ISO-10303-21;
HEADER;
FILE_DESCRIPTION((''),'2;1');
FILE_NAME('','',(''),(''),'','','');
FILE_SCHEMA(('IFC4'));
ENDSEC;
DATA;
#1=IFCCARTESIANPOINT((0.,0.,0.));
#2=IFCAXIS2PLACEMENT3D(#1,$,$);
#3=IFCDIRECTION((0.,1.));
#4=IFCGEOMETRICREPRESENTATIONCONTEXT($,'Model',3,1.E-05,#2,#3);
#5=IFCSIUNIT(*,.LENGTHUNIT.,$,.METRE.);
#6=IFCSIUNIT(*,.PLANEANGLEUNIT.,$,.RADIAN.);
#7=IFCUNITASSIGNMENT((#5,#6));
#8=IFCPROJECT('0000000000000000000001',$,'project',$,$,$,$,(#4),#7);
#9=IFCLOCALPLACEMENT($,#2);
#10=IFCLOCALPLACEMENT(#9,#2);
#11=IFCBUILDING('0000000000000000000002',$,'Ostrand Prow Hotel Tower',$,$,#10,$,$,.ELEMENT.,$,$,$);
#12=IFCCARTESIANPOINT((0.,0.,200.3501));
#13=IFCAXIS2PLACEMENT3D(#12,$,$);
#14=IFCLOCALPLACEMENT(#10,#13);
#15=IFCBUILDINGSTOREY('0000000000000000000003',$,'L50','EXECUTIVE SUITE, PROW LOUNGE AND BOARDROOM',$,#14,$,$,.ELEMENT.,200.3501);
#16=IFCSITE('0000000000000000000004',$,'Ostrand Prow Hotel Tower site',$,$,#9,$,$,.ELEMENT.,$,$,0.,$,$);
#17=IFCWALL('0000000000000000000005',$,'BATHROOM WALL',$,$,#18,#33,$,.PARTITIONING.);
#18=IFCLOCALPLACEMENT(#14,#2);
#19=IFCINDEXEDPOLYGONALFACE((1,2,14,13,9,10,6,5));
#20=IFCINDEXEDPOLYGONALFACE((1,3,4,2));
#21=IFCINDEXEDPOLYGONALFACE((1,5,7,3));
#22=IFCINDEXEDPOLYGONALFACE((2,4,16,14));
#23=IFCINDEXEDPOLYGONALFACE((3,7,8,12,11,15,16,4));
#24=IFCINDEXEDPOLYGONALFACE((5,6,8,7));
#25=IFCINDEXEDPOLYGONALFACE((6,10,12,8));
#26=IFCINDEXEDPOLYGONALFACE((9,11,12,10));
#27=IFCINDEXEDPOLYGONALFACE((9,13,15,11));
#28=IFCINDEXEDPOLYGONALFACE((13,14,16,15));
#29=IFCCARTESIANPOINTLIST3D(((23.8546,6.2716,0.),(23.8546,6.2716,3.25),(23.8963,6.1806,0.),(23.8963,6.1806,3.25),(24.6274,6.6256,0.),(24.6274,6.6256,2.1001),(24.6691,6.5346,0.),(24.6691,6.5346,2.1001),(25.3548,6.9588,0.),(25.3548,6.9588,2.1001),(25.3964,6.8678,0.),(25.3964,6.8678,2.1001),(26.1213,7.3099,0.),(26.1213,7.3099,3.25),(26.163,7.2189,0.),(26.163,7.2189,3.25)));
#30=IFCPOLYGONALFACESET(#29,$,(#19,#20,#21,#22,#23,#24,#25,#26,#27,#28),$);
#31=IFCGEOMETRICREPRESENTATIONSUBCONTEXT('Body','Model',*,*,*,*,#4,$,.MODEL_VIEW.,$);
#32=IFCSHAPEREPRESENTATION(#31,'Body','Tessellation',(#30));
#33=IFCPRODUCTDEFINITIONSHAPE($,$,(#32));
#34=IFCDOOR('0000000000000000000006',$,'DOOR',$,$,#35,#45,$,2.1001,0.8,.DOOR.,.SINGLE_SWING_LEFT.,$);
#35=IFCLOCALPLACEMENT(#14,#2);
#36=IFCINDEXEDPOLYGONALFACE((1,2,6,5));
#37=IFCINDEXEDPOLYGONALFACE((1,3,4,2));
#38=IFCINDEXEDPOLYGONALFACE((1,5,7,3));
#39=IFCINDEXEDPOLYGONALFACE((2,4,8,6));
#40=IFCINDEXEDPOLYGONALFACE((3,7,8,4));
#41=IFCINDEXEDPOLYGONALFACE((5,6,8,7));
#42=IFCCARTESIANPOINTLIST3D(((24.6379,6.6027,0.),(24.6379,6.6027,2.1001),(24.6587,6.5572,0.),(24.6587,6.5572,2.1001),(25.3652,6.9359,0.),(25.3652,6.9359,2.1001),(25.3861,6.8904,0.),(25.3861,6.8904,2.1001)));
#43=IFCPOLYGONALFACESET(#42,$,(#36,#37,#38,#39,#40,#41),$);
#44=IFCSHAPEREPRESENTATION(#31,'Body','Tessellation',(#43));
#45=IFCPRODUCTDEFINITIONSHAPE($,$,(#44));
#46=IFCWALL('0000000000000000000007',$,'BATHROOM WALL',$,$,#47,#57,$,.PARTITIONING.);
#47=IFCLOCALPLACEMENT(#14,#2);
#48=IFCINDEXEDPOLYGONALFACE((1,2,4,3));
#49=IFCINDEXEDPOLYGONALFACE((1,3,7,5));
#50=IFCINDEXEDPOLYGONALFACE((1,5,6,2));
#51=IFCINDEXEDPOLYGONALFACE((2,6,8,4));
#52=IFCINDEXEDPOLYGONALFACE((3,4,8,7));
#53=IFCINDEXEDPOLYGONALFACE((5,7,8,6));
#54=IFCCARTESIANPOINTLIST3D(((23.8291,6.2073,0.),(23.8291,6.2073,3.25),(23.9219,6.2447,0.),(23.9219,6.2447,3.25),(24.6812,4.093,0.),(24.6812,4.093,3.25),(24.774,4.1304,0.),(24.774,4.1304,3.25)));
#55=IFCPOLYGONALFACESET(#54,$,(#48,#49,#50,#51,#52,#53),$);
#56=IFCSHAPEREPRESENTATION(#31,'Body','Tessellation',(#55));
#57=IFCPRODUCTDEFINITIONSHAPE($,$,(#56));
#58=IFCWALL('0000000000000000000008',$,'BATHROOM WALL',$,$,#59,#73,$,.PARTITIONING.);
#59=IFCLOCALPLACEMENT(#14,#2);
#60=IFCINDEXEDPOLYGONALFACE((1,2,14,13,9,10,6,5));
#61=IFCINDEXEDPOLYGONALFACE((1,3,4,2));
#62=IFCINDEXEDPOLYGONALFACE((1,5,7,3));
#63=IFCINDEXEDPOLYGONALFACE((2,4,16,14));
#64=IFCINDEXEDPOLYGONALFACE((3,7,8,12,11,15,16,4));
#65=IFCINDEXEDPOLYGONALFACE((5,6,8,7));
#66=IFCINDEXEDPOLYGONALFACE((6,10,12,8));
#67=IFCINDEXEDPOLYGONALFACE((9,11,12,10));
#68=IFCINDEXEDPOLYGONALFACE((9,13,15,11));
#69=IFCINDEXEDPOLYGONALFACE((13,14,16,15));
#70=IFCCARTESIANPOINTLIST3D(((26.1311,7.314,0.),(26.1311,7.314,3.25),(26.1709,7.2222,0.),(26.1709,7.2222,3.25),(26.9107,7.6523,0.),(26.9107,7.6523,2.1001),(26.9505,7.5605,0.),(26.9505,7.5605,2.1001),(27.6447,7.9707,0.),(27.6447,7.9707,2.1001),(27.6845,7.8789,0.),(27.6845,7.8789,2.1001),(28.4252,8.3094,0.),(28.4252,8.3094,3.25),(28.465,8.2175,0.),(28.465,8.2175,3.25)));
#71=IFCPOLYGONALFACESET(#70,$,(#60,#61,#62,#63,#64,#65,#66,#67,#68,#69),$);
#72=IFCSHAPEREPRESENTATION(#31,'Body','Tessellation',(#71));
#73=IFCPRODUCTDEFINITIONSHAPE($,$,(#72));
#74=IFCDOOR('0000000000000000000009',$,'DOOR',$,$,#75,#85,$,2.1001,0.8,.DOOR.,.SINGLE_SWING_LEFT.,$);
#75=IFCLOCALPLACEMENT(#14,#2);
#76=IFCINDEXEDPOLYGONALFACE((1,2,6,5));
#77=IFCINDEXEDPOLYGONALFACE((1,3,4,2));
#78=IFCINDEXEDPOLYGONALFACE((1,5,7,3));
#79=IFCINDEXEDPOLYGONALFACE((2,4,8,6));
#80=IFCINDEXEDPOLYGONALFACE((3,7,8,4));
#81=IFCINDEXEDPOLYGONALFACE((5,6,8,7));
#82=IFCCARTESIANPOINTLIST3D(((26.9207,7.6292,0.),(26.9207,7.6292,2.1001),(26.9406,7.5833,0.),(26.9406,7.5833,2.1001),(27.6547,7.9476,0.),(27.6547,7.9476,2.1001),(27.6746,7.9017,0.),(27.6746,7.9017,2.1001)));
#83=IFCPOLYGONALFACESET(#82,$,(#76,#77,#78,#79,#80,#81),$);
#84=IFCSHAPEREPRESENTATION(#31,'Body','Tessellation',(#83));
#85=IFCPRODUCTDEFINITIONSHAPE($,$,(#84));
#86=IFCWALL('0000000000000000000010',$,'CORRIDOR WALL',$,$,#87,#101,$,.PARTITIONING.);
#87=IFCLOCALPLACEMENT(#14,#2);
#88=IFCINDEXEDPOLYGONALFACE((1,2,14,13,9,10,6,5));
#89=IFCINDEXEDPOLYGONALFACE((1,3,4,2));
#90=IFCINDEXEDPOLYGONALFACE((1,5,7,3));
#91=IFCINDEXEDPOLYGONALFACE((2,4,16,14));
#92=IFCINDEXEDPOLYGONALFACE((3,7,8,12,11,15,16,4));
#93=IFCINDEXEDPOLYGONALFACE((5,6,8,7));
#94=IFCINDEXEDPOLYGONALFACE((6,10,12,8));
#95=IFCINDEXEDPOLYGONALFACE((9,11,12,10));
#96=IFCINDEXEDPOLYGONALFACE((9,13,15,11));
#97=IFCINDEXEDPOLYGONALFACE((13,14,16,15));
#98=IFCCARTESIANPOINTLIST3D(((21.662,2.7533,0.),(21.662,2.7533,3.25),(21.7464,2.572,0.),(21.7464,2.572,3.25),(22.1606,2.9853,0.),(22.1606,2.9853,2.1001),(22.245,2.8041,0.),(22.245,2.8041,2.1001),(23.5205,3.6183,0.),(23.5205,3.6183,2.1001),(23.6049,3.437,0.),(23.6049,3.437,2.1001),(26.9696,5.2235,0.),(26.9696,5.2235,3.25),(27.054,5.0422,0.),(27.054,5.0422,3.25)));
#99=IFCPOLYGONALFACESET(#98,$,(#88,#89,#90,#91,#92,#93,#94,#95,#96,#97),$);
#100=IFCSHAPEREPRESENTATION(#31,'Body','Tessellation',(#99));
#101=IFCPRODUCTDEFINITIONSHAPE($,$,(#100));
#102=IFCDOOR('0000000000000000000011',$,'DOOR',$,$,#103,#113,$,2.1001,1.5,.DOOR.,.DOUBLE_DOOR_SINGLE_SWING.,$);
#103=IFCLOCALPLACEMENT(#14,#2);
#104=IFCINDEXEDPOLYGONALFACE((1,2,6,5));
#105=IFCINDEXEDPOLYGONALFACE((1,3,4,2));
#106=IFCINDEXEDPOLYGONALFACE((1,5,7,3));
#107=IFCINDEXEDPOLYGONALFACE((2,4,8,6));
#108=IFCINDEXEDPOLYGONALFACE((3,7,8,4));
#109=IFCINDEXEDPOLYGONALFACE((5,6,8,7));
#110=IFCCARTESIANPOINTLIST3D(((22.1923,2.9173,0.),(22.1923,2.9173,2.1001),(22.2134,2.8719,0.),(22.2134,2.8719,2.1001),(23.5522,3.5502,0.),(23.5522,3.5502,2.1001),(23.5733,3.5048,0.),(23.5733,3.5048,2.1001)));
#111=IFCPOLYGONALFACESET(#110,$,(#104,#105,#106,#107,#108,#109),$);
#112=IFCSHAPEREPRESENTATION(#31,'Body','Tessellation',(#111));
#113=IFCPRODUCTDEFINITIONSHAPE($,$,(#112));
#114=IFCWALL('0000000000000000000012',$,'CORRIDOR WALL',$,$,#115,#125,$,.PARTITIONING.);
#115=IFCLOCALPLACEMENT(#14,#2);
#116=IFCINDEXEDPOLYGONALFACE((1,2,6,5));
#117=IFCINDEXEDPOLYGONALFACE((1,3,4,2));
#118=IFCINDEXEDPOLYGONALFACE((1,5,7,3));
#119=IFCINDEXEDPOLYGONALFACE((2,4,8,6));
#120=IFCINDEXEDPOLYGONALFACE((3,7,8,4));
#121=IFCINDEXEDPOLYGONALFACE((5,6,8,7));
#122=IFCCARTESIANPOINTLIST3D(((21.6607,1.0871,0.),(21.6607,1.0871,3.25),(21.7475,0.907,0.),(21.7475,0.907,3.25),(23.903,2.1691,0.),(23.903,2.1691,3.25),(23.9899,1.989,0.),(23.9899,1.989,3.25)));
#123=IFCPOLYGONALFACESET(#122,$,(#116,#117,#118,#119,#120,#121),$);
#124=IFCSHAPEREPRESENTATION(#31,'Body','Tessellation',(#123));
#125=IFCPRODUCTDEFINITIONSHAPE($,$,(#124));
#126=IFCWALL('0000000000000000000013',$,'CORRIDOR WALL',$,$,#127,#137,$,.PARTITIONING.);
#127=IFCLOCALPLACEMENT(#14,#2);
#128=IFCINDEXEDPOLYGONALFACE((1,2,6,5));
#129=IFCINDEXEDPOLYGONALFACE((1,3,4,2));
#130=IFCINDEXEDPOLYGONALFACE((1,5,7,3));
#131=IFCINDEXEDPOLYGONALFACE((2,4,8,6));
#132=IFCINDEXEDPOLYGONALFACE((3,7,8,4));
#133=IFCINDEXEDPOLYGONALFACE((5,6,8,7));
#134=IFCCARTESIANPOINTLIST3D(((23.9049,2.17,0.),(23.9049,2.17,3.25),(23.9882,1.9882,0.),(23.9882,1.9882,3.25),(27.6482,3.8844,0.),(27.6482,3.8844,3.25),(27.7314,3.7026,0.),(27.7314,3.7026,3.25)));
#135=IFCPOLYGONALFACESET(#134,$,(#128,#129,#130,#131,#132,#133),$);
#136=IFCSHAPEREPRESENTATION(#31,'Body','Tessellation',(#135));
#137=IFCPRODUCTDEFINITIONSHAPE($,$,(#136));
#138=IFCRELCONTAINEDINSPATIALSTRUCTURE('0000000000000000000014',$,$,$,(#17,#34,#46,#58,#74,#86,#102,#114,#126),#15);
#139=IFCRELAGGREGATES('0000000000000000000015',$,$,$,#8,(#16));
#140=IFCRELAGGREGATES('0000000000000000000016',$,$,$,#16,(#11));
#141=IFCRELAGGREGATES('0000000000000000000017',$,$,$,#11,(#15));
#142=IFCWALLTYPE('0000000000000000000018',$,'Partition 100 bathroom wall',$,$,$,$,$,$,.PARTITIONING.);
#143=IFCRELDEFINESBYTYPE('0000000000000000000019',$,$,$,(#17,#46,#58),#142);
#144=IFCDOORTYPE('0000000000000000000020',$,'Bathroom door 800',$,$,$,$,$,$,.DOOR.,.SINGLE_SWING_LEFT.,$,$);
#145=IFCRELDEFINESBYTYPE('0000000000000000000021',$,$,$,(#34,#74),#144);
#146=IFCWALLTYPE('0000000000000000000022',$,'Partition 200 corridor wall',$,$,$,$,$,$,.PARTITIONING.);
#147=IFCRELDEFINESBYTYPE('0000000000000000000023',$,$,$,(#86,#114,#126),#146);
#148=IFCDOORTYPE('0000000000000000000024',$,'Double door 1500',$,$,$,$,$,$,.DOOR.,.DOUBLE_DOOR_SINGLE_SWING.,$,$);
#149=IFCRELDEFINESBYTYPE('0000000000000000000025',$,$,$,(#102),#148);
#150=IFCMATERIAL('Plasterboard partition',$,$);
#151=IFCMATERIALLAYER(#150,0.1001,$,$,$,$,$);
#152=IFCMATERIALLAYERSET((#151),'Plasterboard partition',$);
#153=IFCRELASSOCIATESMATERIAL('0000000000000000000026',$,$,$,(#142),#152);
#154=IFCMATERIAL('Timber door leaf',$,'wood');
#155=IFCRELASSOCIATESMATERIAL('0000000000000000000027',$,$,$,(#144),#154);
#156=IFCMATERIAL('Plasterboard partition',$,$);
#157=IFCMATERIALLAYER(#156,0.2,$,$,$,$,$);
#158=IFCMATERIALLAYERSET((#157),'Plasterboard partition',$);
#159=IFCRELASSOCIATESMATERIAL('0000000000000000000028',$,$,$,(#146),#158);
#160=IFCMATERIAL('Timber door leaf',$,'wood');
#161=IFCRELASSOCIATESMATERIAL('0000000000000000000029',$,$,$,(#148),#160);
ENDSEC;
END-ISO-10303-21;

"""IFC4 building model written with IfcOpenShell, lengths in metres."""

from ifc_helpers import new_model, si_unit, direction, frame, frame_2d, origin, place, context, subcontext, project, spatial, rectangle, extrude, material, layer, layer_set, type_object, element, fill, save


model = new_model("IFC4")

# Units and contexts
model_context = context("Model", 3, precision=1e-05, world=origin(), true_north=direction((0.0, 1.0)))
body_context = subcontext(model_context, "Body", "Model", "MODEL_VIEW")
ifc_project = project(units=[si_unit("LENGTHUNIT", "METRE"), si_unit("PLANEANGLEUNIT", "RADIAN")], contexts=[model_context])

# Site, building, storey
site_placement = place(None, origin())
site = spatial("IfcSite", under=ifc_project, at=site_placement, Name="Ostrand Prow Hotel Tower site", CompositionType="ELEMENT", RefElevation=0.0)
building_placement = place(site_placement, origin())
building = spatial("IfcBuilding", under=site, at=building_placement, Name="Ostrand Prow Hotel Tower", CompositionType="ELEMENT")
storey_placement = place(building_placement, frame((0.0, 0.0, 200.3501)))
storey = spatial("IfcBuildingStorey", under=building, at=storey_placement, Name="L50", Description="EXECUTIVE SUITE, PROW LOUNGE AND BOARDROOM", CompositionType="ELEMENT", Elevation=200.3501)

# Wall, opening, door
ifc_material_1 = material(Name="Plasterboard partition")
ifc_layer_1 = layer(ifc_material_1, 0.1001)
ifc_layer_set_1 = layer_set([ifc_layer_1], Name="Plasterboard partition")
wall_type_1 = type_object("IfcWallType", Name="Partition 100 bathroom wall", PredefinedType="PARTITIONING", material=ifc_layer_set_1)
wall_1_placement = place(storey_placement, frame((23.8755, 6.2261, 0.0), z_axis=(0.0, 0.0, 1.0), x_axis=(0.909145, 0.416479, 0.0)))
wall_1 = element("IfcWall", 1, at=wall_1_placement, inside=storey, type_object=wall_type_1, Name="BATHROOM WALL", PredefinedType="PARTITIONING", context=body_context, shape_type="SweptSolid", body=[
    extrude(rectangle(XDim=2.4932, YDim=0.1001, at=frame_2d((1.2466, 0.0))), origin(), (0.0, 0.0, 1.0), 3.25),
])
opening_1_placement = place(wall_1_placement, frame((0.8501, 0.0, 0.0)))
opening_1 = element("IfcOpeningElement", 2, at=opening_1_placement, cuts=wall_1, PredefinedType="OPENING", context=body_context, shape_type="SweptSolid", body=[
    extrude(rectangle(XDim=0.8, YDim=2.1001, at=frame_2d((0.3999, 1.05))), frame((0.0, 0.0601, 0.0), z_axis=(0.0, -1.0, 0.0), x_axis=(1.0, 0.0, 0.0)), (0.0, 0.0, 1.0), 0.1201),
])
ifc_material_2 = material(Name="Timber door leaf", Category="wood")
door_type_1 = type_object("IfcDoorType", Name="Bathroom door 800", OperationType="SINGLE_SWING_LEFT", PredefinedType="DOOR", material=ifc_material_2)
door_1_placement = place(opening_1_placement, origin())
door_1 = element("IfcDoor", 3, at=door_1_placement, inside=storey, type_object=door_type_1, Name="DOOR", OperationType="SINGLE_SWING_LEFT", OverallHeight=2.1001, OverallWidth=0.8, PredefinedType="DOOR", context=body_context, shape_type="SweptSolid", body=[
    extrude(rectangle(XDim=0.8, YDim=2.1001, at=frame_2d((0.3999, 1.05))), frame((0.0, 0.0249, 0.0), z_axis=(0.0, -1.0, 0.0), x_axis=(1.0, 0.0, 0.0)), (0.0, 0.0, 1.0), 0.05),
])
fill(opening_1, door_1)

# Wall
wall_2_placement = place(storey_placement, frame((24.7275, 4.1118, 0.0), z_axis=(0.0, 0.0, 1.0), x_axis=(-0.37379, 0.927513, 0.0)))
element("IfcWall", 4, at=wall_2_placement, inside=storey, type_object=wall_type_1, Name="BATHROOM WALL", PredefinedType="PARTITIONING", context=body_context, shape_type="SweptSolid", body=[
    extrude(rectangle(XDim=2.2795, YDim=0.1001, at=frame_2d((1.1396, 0.0))), origin(), (0.0, 0.0, 1.0), 3.25),
])

# Walls, openings, doors
wall_3_placement = place(storey_placement, frame((26.1509, 7.2681, 0.0), z_axis=(0.0, 0.0, 1.0), x_axis=(0.917379, 0.398016, 0.0)))
wall_3 = element("IfcWall", 5, at=wall_3_placement, inside=storey, type_object=wall_type_1, Name="BATHROOM WALL", PredefinedType="PARTITIONING", context=body_context, shape_type="SweptSolid", body=[
    extrude(rectangle(XDim=2.5007, YDim=0.1001, at=frame_2d((1.2505, 0.0))), origin(), (0.0, 0.0, 1.0), 3.25),
])
opening_2_placement = place(wall_3_placement, frame((0.8501, 0.0, 0.0)))
opening_2 = element("IfcOpeningElement", 6, at=opening_2_placement, cuts=wall_3, PredefinedType="OPENING", context=body_context, shape_type="SweptSolid", body=[
    extrude(rectangle(XDim=0.8, YDim=2.1001, at=frame_2d((0.3999, 1.05))), frame((0.0, 0.0601, 0.0), z_axis=(0.0, -1.0, 0.0), x_axis=(1.0, 0.0, 0.0)), (0.0, 0.0, 1.0), 0.1201),
])
door_2_placement = place(opening_2_placement, origin())
door_2 = element("IfcDoor", 7, at=door_2_placement, inside=storey, type_object=door_type_1, Name="DOOR", OperationType="SINGLE_SWING_LEFT", OverallHeight=2.1001, OverallWidth=0.8, PredefinedType="DOOR", context=body_context, shape_type="SweptSolid", body=[
    extrude(rectangle(XDim=0.8, YDim=2.1001, at=frame_2d((0.3999, 1.05))), frame((0.0, 0.0249, 0.0), z_axis=(0.0, -1.0, 0.0), x_axis=(1.0, 0.0, 0.0)), (0.0, 0.0, 1.0), 0.05),
])
fill(opening_2, door_2)
ifc_material_3 = material(Name="Plasterboard partition")
ifc_layer_2 = layer(ifc_material_3, 0.2)
ifc_layer_set_2 = layer_set([ifc_layer_2], Name="Plasterboard partition")
wall_type_2 = type_object("IfcWallType", Name="Partition 200 corridor wall", PredefinedType="PARTITIONING", material=ifc_layer_set_2)
wall_4_placement = place(storey_placement, frame((21.7041, 2.6626, 0.0), z_axis=(0.0, 0.0, 1.0), x_axis=(0.906619, 0.421949, 0.0)))
wall_4 = element("IfcWall", 8, at=wall_4_placement, inside=storey, type_object=wall_type_2, Name="CORRIDOR WALL", PredefinedType="PARTITIONING", context=body_context, shape_type="SweptSolid", body=[
    extrude(rectangle(XDim=5.8542, YDim=0.2, at=frame_2d((2.9272, 0.0))), origin(), (0.0, 0.0, 1.0), 3.25),
])
opening_3_placement = place(wall_4_placement, frame((0.55, 0.0, 0.0)))
opening_3 = element("IfcOpeningElement", 9, at=opening_3_placement, cuts=wall_4, PredefinedType="OPENING", context=body_context, shape_type="SweptSolid", body=[
    extrude(rectangle(XDim=1.5, YDim=2.1001, at=frame_2d((0.75, 1.05))), frame((0.0, 0.1099, 0.0), z_axis=(0.0, -1.0, 0.0), x_axis=(1.0, 0.0, 0.0)), (0.0, 0.0, 1.0), 0.22),
])
ifc_material_4 = material(Name="Timber door leaf", Category="wood")
door_type_2 = type_object("IfcDoorType", Name="Double door 1500", OperationType="DOUBLE_DOOR_SINGLE_SWING", PredefinedType="DOOR", material=ifc_material_4)
door_3_placement = place(opening_3_placement, origin())
door_3 = element("IfcDoor", 10, at=door_3_placement, inside=storey, type_object=door_type_2, Name="DOOR", OperationType="DOUBLE_DOOR_SINGLE_SWING", OverallHeight=2.1001, OverallWidth=1.5, PredefinedType="DOOR", context=body_context, shape_type="SweptSolid", body=[
    extrude(rectangle(XDim=1.5, YDim=2.1001, at=frame_2d((0.75, 1.05))), frame((0.0, 0.0249, 0.0), z_axis=(0.0, -1.0, 0.0), x_axis=(1.0, 0.0, 0.0)), (0.0, 0.0, 1.0), 0.05),
])
fill(opening_3, door_3)

# Walls
wall_5_placement = place(storey_placement, frame((21.7041, 0.9971, 0.0), z_axis=(0.0, 0.0, 1.0), x_axis=(0.900634, 0.434579, 0.0)))
element("IfcWall", 11, at=wall_5_placement, inside=storey, type_object=wall_type_2, Name="CORRIDOR WALL", PredefinedType="PARTITIONING", context=body_context, shape_type="SweptSolid", body=[
    extrude(rectangle(XDim=2.4897, YDim=0.2, at=frame_2d((1.2449, 0.0))), origin(), (0.0, 0.0, 1.0), 3.25),
])
wall_6_placement = place(storey_placement, frame((23.9465, 2.0791, 0.0), z_axis=(0.0, 0.0, 1.0), x_axis=(0.909181, 0.416402, 0.0)))
element("IfcWall", 12, at=wall_6_placement, inside=storey, type_object=wall_type_2, Name="CORRIDOR WALL", PredefinedType="PARTITIONING", context=body_context, shape_type="SweptSolid", body=[
    extrude(rectangle(XDim=4.1172, YDim=0.2, at=frame_2d((2.0586, 0.0))), origin(), (0.0, 0.0, 1.0), 3.25),
])

save(model, "model.ifc")
